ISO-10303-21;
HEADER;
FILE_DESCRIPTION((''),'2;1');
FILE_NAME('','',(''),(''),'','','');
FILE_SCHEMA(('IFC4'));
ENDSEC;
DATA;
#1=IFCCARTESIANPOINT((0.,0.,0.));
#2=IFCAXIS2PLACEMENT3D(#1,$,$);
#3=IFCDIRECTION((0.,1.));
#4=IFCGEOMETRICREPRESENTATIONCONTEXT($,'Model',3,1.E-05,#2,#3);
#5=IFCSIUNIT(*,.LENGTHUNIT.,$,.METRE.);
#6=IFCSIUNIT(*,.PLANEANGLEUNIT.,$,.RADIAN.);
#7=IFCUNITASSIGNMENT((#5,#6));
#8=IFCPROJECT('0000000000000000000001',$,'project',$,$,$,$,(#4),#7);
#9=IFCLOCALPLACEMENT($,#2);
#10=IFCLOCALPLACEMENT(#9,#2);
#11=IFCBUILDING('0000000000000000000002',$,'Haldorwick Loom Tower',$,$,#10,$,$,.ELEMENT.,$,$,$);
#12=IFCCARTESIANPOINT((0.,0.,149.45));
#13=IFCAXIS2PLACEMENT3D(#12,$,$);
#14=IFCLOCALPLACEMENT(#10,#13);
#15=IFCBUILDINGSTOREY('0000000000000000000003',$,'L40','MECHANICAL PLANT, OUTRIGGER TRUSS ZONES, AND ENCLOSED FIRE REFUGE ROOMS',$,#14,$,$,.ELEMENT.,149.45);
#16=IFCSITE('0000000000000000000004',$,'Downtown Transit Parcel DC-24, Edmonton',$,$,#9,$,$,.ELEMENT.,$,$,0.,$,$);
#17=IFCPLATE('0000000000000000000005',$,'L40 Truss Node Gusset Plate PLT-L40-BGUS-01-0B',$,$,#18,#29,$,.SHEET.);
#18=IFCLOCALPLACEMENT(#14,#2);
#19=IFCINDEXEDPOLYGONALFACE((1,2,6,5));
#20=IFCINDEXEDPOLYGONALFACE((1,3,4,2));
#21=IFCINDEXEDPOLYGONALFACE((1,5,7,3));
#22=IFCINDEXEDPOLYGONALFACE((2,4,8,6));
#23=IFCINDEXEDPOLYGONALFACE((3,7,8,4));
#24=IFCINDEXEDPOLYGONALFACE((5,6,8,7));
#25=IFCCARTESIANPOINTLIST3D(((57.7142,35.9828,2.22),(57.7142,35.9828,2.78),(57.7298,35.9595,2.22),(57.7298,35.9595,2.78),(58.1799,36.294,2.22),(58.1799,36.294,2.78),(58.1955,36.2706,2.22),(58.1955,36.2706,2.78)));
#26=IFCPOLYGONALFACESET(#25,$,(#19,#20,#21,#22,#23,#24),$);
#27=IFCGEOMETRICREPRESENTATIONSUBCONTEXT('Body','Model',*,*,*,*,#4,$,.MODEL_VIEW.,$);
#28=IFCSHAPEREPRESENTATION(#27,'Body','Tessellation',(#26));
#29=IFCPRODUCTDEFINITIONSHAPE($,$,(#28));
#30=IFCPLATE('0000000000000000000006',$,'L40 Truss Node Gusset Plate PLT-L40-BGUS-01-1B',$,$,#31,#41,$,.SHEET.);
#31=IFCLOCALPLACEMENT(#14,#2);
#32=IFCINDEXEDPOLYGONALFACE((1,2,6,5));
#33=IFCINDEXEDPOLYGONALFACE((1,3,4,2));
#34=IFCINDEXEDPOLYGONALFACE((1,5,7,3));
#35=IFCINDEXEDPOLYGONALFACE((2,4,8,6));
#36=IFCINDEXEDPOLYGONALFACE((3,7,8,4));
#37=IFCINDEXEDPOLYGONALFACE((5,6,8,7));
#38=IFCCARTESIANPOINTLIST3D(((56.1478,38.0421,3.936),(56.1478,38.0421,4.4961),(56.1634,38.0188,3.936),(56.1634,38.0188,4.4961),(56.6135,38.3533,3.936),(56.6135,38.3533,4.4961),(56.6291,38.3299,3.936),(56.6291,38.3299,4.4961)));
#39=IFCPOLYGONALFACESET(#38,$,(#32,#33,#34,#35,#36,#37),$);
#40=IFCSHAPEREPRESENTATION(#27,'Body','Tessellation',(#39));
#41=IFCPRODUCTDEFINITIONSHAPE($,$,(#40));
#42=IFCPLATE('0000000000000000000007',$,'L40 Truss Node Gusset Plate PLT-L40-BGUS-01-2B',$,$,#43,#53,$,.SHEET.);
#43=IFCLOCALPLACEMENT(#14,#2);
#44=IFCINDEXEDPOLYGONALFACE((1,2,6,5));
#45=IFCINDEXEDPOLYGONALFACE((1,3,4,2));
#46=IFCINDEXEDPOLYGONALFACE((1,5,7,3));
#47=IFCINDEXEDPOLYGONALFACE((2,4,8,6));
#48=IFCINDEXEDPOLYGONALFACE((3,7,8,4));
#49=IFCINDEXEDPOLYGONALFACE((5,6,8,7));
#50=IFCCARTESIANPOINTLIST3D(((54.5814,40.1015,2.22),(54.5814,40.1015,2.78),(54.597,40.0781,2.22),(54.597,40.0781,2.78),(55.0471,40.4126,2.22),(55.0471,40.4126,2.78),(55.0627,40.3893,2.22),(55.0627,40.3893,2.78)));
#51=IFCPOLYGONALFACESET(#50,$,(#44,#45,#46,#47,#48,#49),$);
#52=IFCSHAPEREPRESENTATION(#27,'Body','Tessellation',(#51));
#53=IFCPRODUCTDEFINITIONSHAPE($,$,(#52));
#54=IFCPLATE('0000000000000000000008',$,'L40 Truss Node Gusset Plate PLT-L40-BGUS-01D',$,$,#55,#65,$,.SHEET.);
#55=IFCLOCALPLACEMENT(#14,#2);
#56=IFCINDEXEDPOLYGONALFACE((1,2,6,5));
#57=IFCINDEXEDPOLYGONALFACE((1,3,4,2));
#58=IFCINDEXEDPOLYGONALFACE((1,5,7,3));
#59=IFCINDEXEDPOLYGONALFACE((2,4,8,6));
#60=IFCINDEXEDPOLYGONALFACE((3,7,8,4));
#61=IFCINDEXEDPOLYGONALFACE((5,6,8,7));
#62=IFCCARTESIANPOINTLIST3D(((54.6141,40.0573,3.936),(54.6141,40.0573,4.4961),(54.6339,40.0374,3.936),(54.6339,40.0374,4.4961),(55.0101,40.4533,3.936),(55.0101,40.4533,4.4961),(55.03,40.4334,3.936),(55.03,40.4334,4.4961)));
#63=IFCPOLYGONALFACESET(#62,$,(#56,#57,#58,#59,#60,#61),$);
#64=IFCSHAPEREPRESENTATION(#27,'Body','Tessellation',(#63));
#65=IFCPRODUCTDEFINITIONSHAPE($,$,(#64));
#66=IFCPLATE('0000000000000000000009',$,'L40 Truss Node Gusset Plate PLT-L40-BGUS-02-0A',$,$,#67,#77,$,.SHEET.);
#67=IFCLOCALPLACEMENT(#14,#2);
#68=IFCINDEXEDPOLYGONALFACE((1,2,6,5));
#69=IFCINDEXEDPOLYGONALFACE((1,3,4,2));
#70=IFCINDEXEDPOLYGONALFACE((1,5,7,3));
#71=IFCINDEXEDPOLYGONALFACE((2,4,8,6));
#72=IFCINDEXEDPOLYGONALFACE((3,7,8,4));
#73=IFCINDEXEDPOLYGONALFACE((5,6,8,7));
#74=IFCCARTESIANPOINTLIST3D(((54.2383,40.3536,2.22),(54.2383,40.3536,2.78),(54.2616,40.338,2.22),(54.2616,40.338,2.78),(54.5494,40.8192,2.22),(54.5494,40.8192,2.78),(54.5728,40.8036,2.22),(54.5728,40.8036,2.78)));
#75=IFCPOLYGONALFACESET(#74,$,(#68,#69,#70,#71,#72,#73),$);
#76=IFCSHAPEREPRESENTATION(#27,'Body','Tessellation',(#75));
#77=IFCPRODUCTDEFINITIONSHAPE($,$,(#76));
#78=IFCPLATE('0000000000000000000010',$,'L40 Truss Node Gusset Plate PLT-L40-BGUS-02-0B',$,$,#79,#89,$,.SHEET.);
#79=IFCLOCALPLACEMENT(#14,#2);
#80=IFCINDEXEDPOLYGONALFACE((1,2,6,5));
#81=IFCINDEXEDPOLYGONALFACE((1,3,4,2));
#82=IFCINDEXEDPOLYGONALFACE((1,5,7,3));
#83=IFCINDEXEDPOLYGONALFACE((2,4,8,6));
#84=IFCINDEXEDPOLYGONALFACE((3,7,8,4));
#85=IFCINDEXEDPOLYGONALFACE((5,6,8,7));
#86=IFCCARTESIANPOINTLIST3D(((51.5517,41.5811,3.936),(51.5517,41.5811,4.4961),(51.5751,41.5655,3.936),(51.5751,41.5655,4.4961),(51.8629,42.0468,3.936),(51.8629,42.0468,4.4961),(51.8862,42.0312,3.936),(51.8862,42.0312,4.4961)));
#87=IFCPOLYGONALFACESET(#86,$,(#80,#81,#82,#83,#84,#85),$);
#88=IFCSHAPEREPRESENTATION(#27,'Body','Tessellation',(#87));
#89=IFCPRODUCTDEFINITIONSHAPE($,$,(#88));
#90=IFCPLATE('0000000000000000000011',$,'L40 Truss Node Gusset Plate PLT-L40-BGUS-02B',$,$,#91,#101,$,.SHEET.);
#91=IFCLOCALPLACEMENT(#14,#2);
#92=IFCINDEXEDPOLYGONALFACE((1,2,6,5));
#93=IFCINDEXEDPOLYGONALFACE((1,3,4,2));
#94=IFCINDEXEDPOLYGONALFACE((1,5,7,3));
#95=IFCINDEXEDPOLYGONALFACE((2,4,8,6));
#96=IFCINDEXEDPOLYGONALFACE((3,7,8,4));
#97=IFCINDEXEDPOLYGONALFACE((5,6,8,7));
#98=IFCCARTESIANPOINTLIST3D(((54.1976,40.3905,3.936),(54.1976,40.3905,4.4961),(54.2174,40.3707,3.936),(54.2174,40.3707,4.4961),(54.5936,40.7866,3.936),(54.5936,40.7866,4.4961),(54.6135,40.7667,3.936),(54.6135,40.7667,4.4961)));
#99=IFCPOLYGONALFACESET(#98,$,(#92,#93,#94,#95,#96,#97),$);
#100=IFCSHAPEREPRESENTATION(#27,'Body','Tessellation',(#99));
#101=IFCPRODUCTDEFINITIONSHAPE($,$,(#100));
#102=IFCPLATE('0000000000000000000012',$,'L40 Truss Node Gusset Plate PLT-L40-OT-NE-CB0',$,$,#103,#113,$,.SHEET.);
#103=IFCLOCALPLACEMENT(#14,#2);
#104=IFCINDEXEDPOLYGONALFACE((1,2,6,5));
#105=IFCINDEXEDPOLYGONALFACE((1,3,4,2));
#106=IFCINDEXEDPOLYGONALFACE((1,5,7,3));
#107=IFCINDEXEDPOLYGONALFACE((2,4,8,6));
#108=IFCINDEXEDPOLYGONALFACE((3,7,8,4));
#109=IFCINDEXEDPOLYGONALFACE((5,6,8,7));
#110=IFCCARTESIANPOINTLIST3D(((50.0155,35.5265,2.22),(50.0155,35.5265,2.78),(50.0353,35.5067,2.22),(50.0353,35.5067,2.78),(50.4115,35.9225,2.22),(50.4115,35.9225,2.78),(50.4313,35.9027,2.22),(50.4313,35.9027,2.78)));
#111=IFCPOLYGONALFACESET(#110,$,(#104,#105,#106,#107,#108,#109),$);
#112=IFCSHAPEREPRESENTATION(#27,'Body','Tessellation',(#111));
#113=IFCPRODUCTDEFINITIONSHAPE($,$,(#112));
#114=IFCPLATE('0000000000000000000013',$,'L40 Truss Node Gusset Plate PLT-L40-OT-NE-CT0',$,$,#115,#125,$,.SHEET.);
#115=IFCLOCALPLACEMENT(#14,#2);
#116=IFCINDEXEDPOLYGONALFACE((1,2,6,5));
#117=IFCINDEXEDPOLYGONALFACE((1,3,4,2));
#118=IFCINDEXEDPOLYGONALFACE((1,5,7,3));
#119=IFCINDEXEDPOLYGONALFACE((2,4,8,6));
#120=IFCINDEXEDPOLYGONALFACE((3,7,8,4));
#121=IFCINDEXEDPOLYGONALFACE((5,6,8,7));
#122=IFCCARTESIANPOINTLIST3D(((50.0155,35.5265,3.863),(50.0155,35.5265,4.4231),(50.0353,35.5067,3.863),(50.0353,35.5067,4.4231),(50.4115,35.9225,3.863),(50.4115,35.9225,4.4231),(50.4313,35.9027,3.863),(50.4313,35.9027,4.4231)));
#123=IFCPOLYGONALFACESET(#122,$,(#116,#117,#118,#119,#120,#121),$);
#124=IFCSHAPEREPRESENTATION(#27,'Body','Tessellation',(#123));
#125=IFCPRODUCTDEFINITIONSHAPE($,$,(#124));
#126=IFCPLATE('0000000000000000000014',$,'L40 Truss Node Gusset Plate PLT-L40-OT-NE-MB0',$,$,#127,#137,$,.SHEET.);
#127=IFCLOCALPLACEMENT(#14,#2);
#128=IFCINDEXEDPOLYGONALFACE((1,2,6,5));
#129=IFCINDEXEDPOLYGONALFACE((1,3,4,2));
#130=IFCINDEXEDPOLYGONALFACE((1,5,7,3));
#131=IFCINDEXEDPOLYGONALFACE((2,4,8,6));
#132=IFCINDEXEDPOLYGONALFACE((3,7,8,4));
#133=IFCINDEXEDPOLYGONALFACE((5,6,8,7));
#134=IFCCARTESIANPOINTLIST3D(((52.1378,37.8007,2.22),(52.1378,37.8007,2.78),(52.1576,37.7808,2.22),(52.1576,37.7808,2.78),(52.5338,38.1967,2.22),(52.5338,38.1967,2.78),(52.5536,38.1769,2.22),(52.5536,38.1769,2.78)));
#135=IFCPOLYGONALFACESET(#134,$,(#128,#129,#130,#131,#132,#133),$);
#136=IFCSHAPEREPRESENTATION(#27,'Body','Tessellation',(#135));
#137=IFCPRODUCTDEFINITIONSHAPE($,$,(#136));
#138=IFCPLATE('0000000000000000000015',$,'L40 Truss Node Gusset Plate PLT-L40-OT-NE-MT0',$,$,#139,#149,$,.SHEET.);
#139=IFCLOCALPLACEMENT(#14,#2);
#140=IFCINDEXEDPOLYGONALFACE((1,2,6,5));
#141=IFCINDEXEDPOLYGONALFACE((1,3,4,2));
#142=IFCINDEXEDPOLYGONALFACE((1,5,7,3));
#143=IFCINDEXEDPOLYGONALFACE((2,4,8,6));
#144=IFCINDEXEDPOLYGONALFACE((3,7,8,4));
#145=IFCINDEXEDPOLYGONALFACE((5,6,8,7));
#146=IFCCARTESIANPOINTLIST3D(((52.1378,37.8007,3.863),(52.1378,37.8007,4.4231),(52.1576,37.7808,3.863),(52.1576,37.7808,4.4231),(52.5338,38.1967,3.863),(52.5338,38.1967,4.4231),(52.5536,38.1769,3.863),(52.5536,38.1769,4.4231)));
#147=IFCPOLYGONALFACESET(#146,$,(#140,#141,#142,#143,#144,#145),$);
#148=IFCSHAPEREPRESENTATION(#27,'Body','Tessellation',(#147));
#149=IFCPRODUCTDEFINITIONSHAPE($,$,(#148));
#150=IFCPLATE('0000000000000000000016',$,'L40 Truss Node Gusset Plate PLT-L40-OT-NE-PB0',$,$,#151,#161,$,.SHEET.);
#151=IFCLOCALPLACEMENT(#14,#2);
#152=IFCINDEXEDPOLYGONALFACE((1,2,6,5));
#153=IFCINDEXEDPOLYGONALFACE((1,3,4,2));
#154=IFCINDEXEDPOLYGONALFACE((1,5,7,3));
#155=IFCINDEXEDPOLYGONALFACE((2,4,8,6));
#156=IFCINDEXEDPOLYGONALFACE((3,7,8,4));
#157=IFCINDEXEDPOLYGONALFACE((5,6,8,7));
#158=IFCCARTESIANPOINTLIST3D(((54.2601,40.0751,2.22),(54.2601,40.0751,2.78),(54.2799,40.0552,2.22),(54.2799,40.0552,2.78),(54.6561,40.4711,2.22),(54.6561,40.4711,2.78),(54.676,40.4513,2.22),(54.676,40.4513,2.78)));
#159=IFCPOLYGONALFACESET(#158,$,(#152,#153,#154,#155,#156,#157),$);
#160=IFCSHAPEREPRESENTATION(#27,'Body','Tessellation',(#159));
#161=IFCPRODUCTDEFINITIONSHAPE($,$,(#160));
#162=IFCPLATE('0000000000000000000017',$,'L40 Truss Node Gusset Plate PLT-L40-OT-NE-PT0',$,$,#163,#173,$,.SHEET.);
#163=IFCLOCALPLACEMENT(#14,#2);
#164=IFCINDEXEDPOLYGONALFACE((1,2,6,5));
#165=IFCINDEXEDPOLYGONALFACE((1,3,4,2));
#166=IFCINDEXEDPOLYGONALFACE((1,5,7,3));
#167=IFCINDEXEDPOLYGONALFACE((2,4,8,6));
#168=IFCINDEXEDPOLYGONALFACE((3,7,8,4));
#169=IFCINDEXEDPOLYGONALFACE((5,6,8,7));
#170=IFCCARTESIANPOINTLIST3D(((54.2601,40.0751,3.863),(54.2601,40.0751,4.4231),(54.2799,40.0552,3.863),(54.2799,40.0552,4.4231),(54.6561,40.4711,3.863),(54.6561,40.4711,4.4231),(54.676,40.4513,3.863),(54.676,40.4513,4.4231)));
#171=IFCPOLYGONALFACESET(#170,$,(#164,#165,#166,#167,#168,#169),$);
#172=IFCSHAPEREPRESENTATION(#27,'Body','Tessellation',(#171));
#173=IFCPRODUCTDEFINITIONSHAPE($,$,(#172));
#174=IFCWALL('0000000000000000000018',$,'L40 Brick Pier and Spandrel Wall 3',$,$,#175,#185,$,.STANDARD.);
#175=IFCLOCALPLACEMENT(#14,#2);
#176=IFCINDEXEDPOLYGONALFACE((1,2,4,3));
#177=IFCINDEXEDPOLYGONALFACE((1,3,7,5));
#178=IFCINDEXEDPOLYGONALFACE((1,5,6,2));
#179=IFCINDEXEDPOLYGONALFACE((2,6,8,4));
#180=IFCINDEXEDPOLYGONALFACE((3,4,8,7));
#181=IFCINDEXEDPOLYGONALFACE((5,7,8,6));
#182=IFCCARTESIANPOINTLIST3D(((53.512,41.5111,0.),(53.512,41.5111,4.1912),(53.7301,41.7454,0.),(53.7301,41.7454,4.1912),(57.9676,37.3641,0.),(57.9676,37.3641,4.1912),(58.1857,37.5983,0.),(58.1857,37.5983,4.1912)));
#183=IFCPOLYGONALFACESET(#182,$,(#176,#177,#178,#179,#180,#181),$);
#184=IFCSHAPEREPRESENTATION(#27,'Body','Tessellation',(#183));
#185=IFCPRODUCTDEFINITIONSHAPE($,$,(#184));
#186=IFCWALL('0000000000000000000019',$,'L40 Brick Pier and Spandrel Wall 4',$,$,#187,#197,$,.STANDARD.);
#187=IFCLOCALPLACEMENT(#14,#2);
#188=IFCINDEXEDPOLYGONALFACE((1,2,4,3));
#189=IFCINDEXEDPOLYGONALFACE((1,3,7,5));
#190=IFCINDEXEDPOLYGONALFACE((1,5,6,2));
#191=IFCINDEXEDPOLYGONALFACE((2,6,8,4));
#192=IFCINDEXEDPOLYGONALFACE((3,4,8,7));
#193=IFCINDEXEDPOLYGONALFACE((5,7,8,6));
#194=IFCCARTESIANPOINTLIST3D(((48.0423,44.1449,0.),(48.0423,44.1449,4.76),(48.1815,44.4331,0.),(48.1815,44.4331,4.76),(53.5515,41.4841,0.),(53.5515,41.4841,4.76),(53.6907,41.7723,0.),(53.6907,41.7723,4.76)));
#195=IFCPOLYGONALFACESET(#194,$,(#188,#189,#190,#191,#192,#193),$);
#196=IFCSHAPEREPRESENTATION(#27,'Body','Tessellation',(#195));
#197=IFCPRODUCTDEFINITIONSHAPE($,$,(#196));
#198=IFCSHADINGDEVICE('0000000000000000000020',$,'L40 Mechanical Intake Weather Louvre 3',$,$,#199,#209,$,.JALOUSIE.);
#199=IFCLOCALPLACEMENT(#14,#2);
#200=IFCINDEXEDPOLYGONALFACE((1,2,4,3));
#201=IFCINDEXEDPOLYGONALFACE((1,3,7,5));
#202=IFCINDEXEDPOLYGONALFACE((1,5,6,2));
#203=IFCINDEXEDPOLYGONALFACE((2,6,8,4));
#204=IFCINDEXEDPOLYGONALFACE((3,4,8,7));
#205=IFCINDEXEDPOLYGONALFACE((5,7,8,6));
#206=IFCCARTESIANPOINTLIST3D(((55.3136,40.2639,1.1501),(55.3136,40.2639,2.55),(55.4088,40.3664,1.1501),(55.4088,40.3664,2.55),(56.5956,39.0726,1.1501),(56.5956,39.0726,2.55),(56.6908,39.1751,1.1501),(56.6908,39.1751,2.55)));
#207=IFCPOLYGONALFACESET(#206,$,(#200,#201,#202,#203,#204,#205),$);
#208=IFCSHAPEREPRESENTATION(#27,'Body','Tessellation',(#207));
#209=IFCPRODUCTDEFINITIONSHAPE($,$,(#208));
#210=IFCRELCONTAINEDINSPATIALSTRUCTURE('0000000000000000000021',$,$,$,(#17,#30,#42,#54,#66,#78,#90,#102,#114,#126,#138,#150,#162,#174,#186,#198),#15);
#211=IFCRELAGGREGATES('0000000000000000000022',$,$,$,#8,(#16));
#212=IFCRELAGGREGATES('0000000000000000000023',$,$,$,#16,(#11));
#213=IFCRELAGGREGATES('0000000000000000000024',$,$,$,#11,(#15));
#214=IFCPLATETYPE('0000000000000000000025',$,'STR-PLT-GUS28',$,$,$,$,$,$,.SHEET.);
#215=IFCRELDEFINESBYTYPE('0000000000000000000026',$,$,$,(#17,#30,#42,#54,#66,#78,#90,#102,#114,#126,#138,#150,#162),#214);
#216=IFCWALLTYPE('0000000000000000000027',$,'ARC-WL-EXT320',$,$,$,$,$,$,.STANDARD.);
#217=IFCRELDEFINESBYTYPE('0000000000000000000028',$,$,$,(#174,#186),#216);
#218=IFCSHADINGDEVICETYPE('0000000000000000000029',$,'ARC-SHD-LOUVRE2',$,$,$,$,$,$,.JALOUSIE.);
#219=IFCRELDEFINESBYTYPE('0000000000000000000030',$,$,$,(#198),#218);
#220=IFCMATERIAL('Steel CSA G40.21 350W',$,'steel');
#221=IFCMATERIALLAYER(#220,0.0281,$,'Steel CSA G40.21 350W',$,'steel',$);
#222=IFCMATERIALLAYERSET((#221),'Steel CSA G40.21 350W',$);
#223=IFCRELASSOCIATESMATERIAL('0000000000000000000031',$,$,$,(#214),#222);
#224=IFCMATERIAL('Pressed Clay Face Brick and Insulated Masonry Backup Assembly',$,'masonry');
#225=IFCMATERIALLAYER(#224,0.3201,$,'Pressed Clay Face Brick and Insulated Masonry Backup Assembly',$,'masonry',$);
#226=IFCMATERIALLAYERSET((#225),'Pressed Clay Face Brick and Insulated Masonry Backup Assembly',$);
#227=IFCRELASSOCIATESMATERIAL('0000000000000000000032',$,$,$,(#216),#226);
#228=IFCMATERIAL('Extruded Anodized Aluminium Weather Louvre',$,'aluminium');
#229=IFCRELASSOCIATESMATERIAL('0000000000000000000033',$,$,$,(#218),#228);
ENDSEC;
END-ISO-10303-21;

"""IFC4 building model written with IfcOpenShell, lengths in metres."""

from ifc_helpers import new_model, si_unit, direction, frame, frame_2d, origin, origin_2d, place, context, subcontext, project, spatial, rectangle, extrude, material, layer, layer_set, type_object, element, save


model = new_model("IFC4")

# Units and contexts
model_context = context("Model", 3, precision=1e-05, world=origin(), true_north=direction((0.0, 1.0)))
body_context = subcontext(model_context, "Body", "Model", "MODEL_VIEW")
ifc_project = project(units=[si_unit("LENGTHUNIT", "METRE"), si_unit("PLANEANGLEUNIT", "RADIAN")], contexts=[model_context])

# Site, building, storey
site_placement = place(None, origin())
site = spatial("IfcSite", under=ifc_project, at=site_placement, Name="Downtown Transit Parcel DC-24, Edmonton", CompositionType="ELEMENT", RefElevation=0.0)
building_placement = place(site_placement, origin())
building = spatial("IfcBuilding", under=site, at=building_placement, Name="Haldorwick Loom Tower", CompositionType="ELEMENT")
storey_placement = place(building_placement, frame((0.0, 0.0, 149.45)))
storey = spatial("IfcBuildingStorey", under=building, at=storey_placement, Name="L40", Description="MECHANICAL PLANT, OUTRIGGER TRUSS ZONES, AND ENCLOSED FIRE REFUGE ROOMS", CompositionType="ELEMENT", Elevation=149.45)

# Shared definitions
ifc_material_1 = material(Name="Steel CSA G40.21 350W", Category="steel")

# Plates
ifc_layer_1 = layer(ifc_material_1, 0.0281, Name="Steel CSA G40.21 350W", Category="steel")
ifc_layer_set_1 = layer_set([ifc_layer_1], Name="Steel CSA G40.21 350W")
plate_type = type_object("IfcPlateType", Name="STR-PLT-GUS28", PredefinedType="SHEET", material=ifc_layer_set_1)
for number, where, z_axis, x_axis, name in (
    (1, (57.9548, 36.1267, 2.22), (0.0, 0.0, 1.0), (0.83147, 0.55557, 0.0), "L40 Truss Node Gusset Plate PLT-L40-BGUS-01-0B"),
    (2, (56.3884, 38.186, 3.936), (0.0, 0.0, 1.0), (0.83147, 0.55557, 0.0), "L40 Truss Node Gusset Plate PLT-L40-BGUS-01-1B"),
    (3, (54.822, 40.2454, 2.22), (0.0, 0.0, 1.0), (0.83147, 0.55557, 0.0), "L40 Truss Node Gusset Plate PLT-L40-BGUS-01-2B"),
    (4, (54.822, 40.2454, 3.936), (0.0, 0.0, 1.0), (0.707107, 0.707107, 0.0), "L40 Truss Node Gusset Plate PLT-L40-BGUS-01D"),
    (5, (54.4055, 40.5786, 2.22), (0.0, 0.0, 1.0), (0.55557, 0.83147, 0.0), "L40 Truss Node Gusset Plate PLT-L40-BGUS-02-0A"),
    (6, (51.719, 41.8062, 3.936), (0.0, 0.0, 1.0), (0.55557, 0.83147, 0.0), "L40 Truss Node Gusset Plate PLT-L40-BGUS-02-0B"),
    (7, (54.4055, 40.5786, 3.936), (0.0, 0.0, 1.0), (0.707107, 0.707107, 0.0), "L40 Truss Node Gusset Plate PLT-L40-BGUS-02B"),
    (8, (50.2234, 35.7146, 2.22), (0.0, 0.0, 1.0), (0.707107, 0.707107, 0.0), "L40 Truss Node Gusset Plate PLT-L40-OT-NE-CB0"),
    (9, (50.2234, 35.7146, 3.863), (0.0, 0.0, 1.0), (0.707107, 0.707107, 0.0), "L40 Truss Node Gusset Plate PLT-L40-OT-NE-CT0"),
    (10, (52.3457, 37.9888, 2.22), (0.0, 0.0, 1.0), (0.707107, 0.707107, 0.0), "L40 Truss Node Gusset Plate PLT-L40-OT-NE-MB0"),
    (11, (52.3457, 37.9888, 3.863), (0.0, 0.0, 1.0), (0.707107, 0.707107, 0.0), "L40 Truss Node Gusset Plate PLT-L40-OT-NE-MT0"),
    (12, (54.468, 40.2632, 2.22), (0.0, 0.0, 1.0), (0.707107, 0.707107, 0.0), "L40 Truss Node Gusset Plate PLT-L40-OT-NE-PB0"),
    (13, (54.468, 40.2632, 3.863), (0.0, 0.0, 1.0), (0.707107, 0.707107, 0.0), "L40 Truss Node Gusset Plate PLT-L40-OT-NE-PT0"),
):
    element("IfcPlate", number, at=place(storey_placement, frame(where, z_axis=z_axis, x_axis=x_axis)), inside=storey, type_object=plate_type, Name=name, PredefinedType="SHEET", context=body_context, shape_type="SweptSolid", body=[
        extrude(rectangle(XDim=0.5601, YDim=0.0281, at=origin_2d()), origin(), (0.0, 0.0, 1.0), 0.5601),
    ])

# Walls
ifc_material_2 = material(Name="Pressed Clay Face Brick and Insulated Masonry Backup Assembly", Category="masonry")
ifc_layer_2 = layer(ifc_material_2, 0.3201, Name="Pressed Clay Face Brick and Insulated Masonry Backup Assembly", Category="masonry")
ifc_layer_set_2 = layer_set([ifc_layer_2], Name="Pressed Clay Face Brick and Insulated Masonry Backup Assembly")
wall_type = type_object("IfcWallType", Name="ARC-WL-EXT320", PredefinedType="STANDARD", material=ifc_layer_set_2)
wall_1_placement = place(storey_placement, frame((58.0767, 37.4812, 0.0), z_axis=(0.0, 0.0, 1.0), x_axis=(-0.732002, 0.681303, 0.0)))
element("IfcWall", 14, at=wall_1_placement, inside=storey, type_object=wall_type, Name="L40 Brick Pier and Spandrel Wall 3", PredefinedType="STANDARD", context=body_context, shape_type="SweptSolid", body=[
    extrude(rectangle(XDim=6.0869, YDim=0.3201, at=frame_2d((3.0435, 0.0))), origin(), (0.0, 0.0, 1.0), 4.1912),
])
wall_2_placement = place(storey_placement, frame((53.6211, 41.6282, 0.0), z_axis=(0.0, 0.0, 1.0), x_axis=(-0.900472, 0.434913, 0.0)))
element("IfcWall", 15, at=wall_2_placement, inside=storey, type_object=wall_type, Name="L40 Brick Pier and Spandrel Wall 4", PredefinedType="STANDARD", context=body_context, shape_type="SweptSolid", body=[
    extrude(rectangle(XDim=6.1182, YDim=0.3201, at=frame_2d((3.0591, 0.0))), origin(), (0.0, 0.0, 1.0), 4.76),
])

# Shading device
ifc_material_3 = material(Name="Extruded Anodized Aluminium Weather Louvre", Category="aluminium")
shading_device_type = type_object("IfcShadingDeviceType", Name="ARC-SHD-LOUVRE2", PredefinedType="JALOUSIE", material=ifc_material_3)
shading_device_placement = place(storey_placement, frame((56.0022, 39.7195, 1.1501), z_axis=(0.0, 0.0, 1.0), x_axis=(-0.732543, 0.680721, 0.0)))
element("IfcShadingDevice", 16, at=shading_device_placement, inside=storey, type_object=shading_device_type, Name="L40 Mechanical Intake Weather Louvre 3", PredefinedType="JALOUSIE", context=body_context, shape_type="SweptSolid", body=[
    extrude(rectangle(XDim=1.75, YDim=0.1399, at=origin_2d()), origin(), (0.0, 0.0, 1.0), 1.3999),
])

save(model, "model.ifc")
